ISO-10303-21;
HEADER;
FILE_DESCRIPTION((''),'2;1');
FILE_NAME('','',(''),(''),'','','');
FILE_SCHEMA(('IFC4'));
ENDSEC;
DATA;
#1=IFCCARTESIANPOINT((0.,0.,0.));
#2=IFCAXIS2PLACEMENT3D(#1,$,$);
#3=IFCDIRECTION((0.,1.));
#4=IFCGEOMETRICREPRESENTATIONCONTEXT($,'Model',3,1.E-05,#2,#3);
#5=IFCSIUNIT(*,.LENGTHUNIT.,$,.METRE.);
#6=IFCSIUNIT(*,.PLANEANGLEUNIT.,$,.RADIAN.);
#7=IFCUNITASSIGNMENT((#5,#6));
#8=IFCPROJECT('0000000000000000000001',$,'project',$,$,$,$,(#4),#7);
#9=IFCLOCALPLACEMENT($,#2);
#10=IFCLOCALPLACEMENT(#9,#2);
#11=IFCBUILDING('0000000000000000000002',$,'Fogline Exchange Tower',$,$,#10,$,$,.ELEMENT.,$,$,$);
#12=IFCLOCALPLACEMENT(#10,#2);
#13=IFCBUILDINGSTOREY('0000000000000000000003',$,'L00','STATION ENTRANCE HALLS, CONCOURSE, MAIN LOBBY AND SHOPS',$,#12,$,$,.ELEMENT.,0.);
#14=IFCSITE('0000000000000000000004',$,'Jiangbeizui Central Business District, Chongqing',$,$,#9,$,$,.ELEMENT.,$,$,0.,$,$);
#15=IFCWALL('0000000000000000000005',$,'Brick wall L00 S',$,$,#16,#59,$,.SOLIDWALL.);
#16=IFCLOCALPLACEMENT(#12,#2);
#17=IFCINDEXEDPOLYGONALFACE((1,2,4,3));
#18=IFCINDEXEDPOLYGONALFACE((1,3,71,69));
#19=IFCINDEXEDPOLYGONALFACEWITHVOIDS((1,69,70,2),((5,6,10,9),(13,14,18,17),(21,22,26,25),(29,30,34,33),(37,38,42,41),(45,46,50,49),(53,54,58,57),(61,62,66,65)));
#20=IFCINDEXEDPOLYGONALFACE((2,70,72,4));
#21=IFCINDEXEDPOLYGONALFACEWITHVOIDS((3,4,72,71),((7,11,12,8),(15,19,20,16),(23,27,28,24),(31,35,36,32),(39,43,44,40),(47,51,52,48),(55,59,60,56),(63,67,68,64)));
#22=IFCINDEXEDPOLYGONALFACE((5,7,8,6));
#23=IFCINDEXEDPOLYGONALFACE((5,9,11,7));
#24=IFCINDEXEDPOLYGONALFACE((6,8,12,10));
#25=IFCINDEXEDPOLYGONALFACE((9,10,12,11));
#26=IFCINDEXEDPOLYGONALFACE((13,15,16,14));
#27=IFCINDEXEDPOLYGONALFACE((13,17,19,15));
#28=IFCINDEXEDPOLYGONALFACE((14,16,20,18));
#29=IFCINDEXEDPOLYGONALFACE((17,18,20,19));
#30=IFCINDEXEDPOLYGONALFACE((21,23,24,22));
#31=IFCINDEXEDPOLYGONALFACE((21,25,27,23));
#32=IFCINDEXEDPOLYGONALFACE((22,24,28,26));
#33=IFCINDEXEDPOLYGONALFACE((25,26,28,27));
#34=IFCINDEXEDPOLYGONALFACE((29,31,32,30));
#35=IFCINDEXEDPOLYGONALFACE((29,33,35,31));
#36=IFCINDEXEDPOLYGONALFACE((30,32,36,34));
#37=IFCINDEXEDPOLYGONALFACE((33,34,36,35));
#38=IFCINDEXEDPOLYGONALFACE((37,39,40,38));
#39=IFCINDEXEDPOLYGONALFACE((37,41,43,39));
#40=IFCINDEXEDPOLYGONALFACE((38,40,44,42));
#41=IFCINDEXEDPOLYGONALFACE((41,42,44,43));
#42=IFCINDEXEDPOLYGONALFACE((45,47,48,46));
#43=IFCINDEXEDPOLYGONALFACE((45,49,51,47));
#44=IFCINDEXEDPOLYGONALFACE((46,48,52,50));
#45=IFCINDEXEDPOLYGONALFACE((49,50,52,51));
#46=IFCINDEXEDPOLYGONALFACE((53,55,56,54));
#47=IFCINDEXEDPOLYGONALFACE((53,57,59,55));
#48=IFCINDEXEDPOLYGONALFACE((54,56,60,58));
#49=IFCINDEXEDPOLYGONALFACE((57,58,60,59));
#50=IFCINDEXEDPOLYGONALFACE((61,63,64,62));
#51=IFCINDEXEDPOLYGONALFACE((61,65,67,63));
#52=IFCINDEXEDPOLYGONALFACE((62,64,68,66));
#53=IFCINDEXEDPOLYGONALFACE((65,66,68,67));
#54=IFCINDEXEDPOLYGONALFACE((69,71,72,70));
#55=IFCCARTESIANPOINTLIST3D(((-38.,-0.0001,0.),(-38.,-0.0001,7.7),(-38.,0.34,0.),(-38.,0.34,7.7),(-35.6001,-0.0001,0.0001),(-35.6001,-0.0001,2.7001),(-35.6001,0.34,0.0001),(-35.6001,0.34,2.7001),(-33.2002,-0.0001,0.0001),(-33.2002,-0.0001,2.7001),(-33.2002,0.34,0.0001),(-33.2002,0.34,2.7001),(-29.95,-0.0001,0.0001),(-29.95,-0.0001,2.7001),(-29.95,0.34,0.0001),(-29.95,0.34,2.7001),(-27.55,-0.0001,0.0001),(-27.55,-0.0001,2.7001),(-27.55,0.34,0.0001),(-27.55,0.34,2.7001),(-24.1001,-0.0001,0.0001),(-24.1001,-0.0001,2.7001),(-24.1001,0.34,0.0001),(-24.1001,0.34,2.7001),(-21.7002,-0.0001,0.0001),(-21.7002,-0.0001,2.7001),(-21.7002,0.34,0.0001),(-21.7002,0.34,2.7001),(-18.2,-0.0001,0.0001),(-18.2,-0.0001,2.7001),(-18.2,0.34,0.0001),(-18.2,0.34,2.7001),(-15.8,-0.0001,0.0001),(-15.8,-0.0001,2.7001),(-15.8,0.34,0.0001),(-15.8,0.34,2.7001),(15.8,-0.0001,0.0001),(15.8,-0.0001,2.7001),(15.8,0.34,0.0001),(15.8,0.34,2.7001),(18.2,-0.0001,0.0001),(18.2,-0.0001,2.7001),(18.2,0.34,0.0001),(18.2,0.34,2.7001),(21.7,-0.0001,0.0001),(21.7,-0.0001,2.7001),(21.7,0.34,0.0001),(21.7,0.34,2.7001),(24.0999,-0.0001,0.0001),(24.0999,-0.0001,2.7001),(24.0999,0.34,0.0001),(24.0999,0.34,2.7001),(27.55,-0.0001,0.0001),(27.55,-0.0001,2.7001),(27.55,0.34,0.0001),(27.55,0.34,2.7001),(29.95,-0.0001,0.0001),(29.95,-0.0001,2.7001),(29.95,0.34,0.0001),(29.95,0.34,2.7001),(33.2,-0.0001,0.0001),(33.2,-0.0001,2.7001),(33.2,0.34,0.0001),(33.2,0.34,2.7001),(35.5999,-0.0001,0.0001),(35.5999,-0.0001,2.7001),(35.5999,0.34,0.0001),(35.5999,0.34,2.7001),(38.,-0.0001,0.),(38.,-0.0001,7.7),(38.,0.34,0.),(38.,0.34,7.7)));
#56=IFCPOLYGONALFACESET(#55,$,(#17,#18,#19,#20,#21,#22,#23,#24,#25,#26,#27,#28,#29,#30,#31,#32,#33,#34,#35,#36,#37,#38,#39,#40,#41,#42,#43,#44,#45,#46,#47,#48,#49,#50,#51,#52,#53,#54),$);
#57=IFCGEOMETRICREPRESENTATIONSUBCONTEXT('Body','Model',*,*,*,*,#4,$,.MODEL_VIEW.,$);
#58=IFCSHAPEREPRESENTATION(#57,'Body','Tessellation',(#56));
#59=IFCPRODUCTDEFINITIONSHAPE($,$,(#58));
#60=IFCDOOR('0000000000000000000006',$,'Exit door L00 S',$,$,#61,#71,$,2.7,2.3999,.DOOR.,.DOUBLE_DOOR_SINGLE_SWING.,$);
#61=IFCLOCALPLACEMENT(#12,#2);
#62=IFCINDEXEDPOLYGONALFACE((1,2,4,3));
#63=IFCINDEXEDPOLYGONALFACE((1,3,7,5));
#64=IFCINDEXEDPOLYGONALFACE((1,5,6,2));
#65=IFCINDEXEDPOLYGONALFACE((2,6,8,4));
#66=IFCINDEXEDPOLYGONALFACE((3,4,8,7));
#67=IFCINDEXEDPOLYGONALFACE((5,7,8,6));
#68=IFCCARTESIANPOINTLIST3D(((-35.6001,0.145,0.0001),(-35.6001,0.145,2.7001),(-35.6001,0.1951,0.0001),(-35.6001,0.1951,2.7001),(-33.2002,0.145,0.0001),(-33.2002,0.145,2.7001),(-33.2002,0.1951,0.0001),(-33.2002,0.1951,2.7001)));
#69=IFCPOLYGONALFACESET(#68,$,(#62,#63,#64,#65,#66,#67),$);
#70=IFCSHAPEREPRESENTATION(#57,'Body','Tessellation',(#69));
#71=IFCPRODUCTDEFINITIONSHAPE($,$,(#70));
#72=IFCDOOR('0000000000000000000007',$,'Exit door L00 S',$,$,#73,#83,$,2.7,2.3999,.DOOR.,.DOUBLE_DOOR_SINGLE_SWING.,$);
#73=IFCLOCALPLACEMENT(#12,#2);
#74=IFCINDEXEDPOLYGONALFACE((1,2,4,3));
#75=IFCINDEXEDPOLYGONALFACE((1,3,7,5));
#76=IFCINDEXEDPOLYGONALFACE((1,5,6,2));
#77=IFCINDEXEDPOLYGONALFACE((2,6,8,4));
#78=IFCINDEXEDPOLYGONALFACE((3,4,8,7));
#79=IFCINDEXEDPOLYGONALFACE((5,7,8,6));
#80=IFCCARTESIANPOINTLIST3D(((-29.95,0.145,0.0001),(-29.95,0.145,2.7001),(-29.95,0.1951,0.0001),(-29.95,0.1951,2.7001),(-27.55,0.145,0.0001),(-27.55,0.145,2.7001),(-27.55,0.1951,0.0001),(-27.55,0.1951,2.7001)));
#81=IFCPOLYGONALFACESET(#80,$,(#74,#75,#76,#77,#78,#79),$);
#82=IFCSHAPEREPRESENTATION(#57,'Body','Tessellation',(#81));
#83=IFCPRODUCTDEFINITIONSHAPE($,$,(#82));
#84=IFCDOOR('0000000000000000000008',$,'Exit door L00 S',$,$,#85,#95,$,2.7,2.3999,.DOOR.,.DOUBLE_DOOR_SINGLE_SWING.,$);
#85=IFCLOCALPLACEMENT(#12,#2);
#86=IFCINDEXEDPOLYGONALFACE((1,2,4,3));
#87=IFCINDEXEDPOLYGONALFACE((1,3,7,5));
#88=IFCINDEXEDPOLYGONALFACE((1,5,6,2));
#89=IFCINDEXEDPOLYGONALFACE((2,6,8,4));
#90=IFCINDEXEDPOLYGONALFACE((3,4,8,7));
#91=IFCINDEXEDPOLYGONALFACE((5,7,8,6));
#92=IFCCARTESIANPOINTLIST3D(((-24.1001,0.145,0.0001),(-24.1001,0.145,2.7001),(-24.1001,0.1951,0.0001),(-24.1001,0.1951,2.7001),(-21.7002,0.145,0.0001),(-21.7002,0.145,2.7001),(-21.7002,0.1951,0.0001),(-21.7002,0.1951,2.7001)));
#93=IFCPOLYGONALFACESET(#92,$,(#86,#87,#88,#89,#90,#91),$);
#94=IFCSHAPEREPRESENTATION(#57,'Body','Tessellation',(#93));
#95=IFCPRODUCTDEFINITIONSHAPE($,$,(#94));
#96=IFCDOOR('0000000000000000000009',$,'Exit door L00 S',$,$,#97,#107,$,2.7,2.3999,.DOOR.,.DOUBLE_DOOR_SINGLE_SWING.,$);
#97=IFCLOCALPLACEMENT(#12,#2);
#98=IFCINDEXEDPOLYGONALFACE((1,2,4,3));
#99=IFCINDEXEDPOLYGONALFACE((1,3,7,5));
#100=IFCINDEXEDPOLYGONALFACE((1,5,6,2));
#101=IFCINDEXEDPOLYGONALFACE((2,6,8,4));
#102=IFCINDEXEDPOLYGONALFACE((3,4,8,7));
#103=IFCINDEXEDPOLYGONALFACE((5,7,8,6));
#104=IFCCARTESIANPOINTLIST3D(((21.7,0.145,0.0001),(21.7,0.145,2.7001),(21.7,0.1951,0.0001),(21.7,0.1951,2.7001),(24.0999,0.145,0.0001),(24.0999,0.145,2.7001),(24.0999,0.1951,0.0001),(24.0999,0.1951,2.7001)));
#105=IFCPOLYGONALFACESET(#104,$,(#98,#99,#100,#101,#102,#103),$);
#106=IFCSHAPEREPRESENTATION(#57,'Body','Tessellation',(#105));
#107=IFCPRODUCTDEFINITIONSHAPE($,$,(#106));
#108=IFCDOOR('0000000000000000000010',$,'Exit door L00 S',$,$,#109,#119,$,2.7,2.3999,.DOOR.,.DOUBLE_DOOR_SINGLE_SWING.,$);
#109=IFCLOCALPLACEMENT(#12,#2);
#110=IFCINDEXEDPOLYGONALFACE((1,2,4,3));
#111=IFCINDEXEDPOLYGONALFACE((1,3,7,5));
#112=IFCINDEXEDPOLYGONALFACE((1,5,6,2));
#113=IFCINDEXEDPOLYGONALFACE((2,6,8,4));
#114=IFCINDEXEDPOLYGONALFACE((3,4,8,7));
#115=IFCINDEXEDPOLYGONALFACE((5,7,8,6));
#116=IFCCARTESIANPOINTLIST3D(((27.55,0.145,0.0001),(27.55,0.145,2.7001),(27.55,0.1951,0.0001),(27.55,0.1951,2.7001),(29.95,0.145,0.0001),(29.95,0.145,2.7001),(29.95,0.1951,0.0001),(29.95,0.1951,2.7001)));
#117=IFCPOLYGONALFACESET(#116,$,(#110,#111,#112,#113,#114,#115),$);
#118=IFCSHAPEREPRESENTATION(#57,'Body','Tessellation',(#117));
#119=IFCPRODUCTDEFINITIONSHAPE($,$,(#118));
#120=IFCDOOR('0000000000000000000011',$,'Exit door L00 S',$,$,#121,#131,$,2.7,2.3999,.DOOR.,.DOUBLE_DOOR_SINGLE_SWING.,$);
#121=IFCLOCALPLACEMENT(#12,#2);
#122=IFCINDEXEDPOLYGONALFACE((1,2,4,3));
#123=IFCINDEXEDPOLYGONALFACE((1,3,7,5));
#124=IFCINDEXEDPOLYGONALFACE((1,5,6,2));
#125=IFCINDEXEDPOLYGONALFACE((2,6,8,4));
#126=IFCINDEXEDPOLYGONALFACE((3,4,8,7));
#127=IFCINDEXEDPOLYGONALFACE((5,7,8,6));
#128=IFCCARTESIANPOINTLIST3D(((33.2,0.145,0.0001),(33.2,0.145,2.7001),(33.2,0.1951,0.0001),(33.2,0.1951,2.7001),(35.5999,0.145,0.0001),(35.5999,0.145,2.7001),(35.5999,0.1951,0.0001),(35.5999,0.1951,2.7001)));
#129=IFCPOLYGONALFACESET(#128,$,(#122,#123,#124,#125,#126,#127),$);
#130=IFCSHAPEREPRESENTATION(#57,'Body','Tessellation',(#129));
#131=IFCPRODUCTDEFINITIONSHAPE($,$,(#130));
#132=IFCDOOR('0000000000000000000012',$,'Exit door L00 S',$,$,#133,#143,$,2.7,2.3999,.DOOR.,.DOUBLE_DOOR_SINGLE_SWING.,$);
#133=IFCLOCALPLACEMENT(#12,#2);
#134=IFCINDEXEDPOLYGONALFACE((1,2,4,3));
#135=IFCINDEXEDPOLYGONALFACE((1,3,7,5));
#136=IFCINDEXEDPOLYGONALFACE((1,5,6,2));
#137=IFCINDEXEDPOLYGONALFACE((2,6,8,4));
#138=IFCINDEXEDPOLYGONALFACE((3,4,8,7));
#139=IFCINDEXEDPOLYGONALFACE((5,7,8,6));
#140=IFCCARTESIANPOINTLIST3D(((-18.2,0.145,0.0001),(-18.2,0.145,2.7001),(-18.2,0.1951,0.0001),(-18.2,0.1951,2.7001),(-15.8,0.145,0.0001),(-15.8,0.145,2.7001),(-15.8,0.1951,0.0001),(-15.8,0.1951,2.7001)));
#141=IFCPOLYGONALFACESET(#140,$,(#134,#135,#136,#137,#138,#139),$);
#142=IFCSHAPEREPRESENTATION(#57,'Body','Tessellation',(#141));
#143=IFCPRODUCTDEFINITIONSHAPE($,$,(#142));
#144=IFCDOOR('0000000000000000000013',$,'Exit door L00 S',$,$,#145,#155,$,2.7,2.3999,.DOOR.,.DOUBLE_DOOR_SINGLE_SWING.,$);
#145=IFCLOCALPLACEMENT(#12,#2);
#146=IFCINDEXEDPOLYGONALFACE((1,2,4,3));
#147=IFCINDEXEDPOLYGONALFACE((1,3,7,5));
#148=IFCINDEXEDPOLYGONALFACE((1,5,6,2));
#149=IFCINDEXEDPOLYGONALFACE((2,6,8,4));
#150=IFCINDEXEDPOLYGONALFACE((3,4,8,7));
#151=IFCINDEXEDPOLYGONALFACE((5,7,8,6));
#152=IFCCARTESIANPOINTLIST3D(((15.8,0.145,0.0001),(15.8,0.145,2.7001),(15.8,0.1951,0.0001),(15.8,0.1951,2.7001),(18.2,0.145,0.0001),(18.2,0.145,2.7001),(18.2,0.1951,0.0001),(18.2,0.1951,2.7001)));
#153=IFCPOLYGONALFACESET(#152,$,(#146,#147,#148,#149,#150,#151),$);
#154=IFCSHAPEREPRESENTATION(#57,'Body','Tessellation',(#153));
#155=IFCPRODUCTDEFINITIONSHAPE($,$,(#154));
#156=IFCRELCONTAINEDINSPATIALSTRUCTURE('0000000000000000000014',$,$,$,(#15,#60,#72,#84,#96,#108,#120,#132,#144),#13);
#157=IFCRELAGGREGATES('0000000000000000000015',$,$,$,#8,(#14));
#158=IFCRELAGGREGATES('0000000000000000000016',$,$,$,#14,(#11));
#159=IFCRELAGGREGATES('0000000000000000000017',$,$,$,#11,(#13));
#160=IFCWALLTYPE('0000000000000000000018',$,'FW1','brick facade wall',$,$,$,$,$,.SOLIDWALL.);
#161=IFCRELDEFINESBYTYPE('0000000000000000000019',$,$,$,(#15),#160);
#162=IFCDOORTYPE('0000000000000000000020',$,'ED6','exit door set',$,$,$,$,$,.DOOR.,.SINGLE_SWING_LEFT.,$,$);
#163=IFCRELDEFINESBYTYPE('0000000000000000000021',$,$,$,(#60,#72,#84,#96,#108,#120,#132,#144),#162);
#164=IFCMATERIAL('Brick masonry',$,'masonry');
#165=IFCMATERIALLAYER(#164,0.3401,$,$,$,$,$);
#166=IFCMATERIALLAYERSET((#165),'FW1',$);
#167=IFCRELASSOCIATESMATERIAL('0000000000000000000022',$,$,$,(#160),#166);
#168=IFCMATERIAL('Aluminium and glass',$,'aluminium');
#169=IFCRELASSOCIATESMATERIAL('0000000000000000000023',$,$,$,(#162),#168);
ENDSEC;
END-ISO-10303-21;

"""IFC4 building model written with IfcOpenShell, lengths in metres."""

from ifc_helpers import new_model, si_unit, direction, frame, frame_2d, origin, place, context, subcontext, project, spatial, rectangle, extrude, material, layer, layer_set, type_object, element, fill, save


model = new_model("IFC4")

# Units and contexts
model_context = context("Model", 3, precision=1e-05, world=origin(), true_north=direction((0.0, 1.0)))
body_context = subcontext(model_context, "Body", "Model", "MODEL_VIEW")
ifc_project = project(units=[si_unit("LENGTHUNIT", "METRE"), si_unit("PLANEANGLEUNIT", "RADIAN")], contexts=[model_context])

# Site, building, storey
site_placement = place(None, origin())
site = spatial("IfcSite", under=ifc_project, at=site_placement, Name="Jiangbeizui Central Business District, Chongqing", CompositionType="ELEMENT", RefElevation=0.0)
building_placement = place(site_placement, origin())
building = spatial("IfcBuilding", under=site, at=building_placement, Name="Fogline Exchange Tower", CompositionType="ELEMENT")
storey_placement = place(building_placement, origin())
storey = spatial("IfcBuildingStorey", under=building, at=storey_placement, Name="L00", Description="STATION ENTRANCE HALLS, CONCOURSE, MAIN LOBBY AND SHOPS", CompositionType="ELEMENT", Elevation=0.0)

# Shared definitions
ifc_material_1 = material(Name="Aluminium and glass", Category="aluminium")

# Wall, openings, doors
ifc_material_2 = material(Name="Brick masonry", Category="masonry")
ifc_layer_1 = layer(ifc_material_2, 0.3401)
ifc_layer_set_1 = layer_set([ifc_layer_1], Name="FW1")
wall_type_1 = type_object("IfcWallType", Name="FW1", Description="brick facade wall", PredefinedType="SOLIDWALL", material=ifc_layer_set_1)
wall_1_placement = place(storey_placement, frame((-38.0, 0.1699, 0.0), z_axis=(0.0, 0.0, 1.0), x_axis=(1.0, 0.0, 0.0)))
wall_1 = element("IfcWall", 1, at=wall_1_placement, inside=storey, type_object=wall_type_1, Name="Brick wall L00 S", PredefinedType="SOLIDWALL", context=body_context, shape_type="SweptSolid", body=[
    extrude(rectangle(XDim=76.0, YDim=0.3401, at=frame_2d((38.0, 0.0))), origin(), (0.0, 0.0, 1.0), 7.7),
])
opening_1_placement = place(wall_1_placement, frame((2.3999, 0.0, 0.0)))
opening_1 = element("IfcOpeningElement", 2, at=opening_1_placement, cuts=wall_1, PredefinedType="OPENING", context=body_context, shape_type="SweptSolid", body=[
    extrude(rectangle(XDim=2.3999, YDim=2.7, at=frame_2d((1.2, 1.3501))), frame((0.0, 0.1802, 0.0), z_axis=(0.0, -1.0, 0.0), x_axis=(1.0, 0.0, 0.0)), (0.0, 0.0, 1.0), 0.3601),
])
opening_2_placement = place(wall_1_placement, frame((8.05, 0.0, 0.0)))
opening_2 = element("IfcOpeningElement", 3, at=opening_2_placement, cuts=wall_1, PredefinedType="OPENING", context=body_context, shape_type="SweptSolid", body=[
    extrude(rectangle(XDim=2.3999, YDim=2.7, at=frame_2d((1.2, 1.3501))), frame((0.0, 0.1802, 0.0), z_axis=(0.0, -1.0, 0.0), x_axis=(1.0, 0.0, 0.0)), (0.0, 0.0, 1.0), 0.3601),
])
opening_3_placement = place(wall_1_placement, frame((13.8999, 0.0, 0.0)))
opening_3 = element("IfcOpeningElement", 4, at=opening_3_placement, cuts=wall_1, PredefinedType="OPENING", context=body_context, shape_type="SweptSolid", body=[
    extrude(rectangle(XDim=2.3999, YDim=2.7, at=frame_2d((1.2, 1.3501))), frame((0.0, 0.1802, 0.0), z_axis=(0.0, -1.0, 0.0), x_axis=(1.0, 0.0, 0.0)), (0.0, 0.0, 1.0), 0.3601),
])
opening_4_placement = place(wall_1_placement, frame((59.7, 0.0, 0.0)))
opening_4 = element("IfcOpeningElement", 5, at=opening_4_placement, cuts=wall_1, PredefinedType="OPENING", context=body_context, shape_type="SweptSolid", body=[
    extrude(rectangle(XDim=2.3999, YDim=2.7, at=frame_2d((1.2, 1.3501))), frame((0.0, 0.1802, 0.0), z_axis=(0.0, -1.0, 0.0), x_axis=(1.0, 0.0, 0.0)), (0.0, 0.0, 1.0), 0.3601),
])
opening_5_placement = place(wall_1_placement, frame((65.55, 0.0, 0.0)))
opening_5 = element("IfcOpeningElement", 6, at=opening_5_placement, cuts=wall_1, PredefinedType="OPENING", context=body_context, shape_type="SweptSolid", body=[
    extrude(rectangle(XDim=2.3999, YDim=2.7, at=frame_2d((1.2, 1.3501))), frame((0.0, 0.1802, 0.0), z_axis=(0.0, -1.0, 0.0), x_axis=(1.0, 0.0, 0.0)), (0.0, 0.0, 1.0), 0.3601),
])
opening_6_placement = place(wall_1_placement, frame((71.2, 0.0, 0.0)))
opening_6 = element("IfcOpeningElement", 7, at=opening_6_placement, cuts=wall_1, PredefinedType="OPENING", context=body_context, shape_type="SweptSolid", body=[
    extrude(rectangle(XDim=2.3999, YDim=2.7, at=frame_2d((1.2, 1.3501))), frame((0.0, 0.1802, 0.0), z_axis=(0.0, -1.0, 0.0), x_axis=(1.0, 0.0, 0.0)), (0.0, 0.0, 1.0), 0.3601),
])
opening_7_placement = place(wall_1_placement, frame((19.8, 0.0, 0.0)))
opening_7 = element("IfcOpeningElement", 8, at=opening_7_placement, cuts=wall_1, PredefinedType="OPENING", context=body_context, shape_type="SweptSolid", body=[
    extrude(rectangle(XDim=2.3999, YDim=2.7, at=frame_2d((1.2, 1.3501))), frame((0.0, 0.1802, 0.0), z_axis=(0.0, -1.0, 0.0), x_axis=(1.0, 0.0, 0.0)), (0.0, 0.0, 1.0), 0.3601),
])
opening_8_placement = place(wall_1_placement, frame((53.8, 0.0, 0.0)))
opening_8 = element("IfcOpeningElement", 9, at=opening_8_placement, cuts=wall_1, PredefinedType="OPENING", context=body_context, shape_type="SweptSolid", body=[
    extrude(rectangle(XDim=2.3999, YDim=2.7, at=frame_2d((1.2, 1.3501))), frame((0.0, 0.1802, 0.0), z_axis=(0.0, -1.0, 0.0), x_axis=(1.0, 0.0, 0.0)), (0.0, 0.0, 1.0), 0.3601),
])
door_type_1 = type_object("IfcDoorType", Name="ED6", Description="exit door set", OperationType="SINGLE_SWING_LEFT", PredefinedType="DOOR", material=ifc_material_1)
door_1_placement = place(opening_1_placement, frame((2.3999, 0.0, 0.0), z_axis=(0.0, 0.0, 1.0), x_axis=(-1.0, 0.0, 0.0)))
door_1 = element("IfcDoor", 10, at=door_1_placement, inside=storey, type_object=door_type_1, Name="Exit door L00 S", OperationType="DOUBLE_DOOR_SINGLE_SWING", OverallHeight=2.7, OverallWidth=2.3999, PredefinedType="DOOR", context=body_context, shape_type="SweptSolid", body=[
    extrude(rectangle(XDim=2.3999, YDim=2.7, at=frame_2d((1.2, 1.3501))), frame((0.0, 0.0249, 0.0), z_axis=(0.0, -1.0, 0.0), x_axis=(1.0, 0.0, 0.0)), (0.0, 0.0, 1.0), 0.05),
])
fill(opening_1, door_1)
door_2_placement = place(opening_2_placement, frame((2.3999, 0.0, 0.0), z_axis=(0.0, 0.0, 1.0), x_axis=(-1.0, 0.0, 0.0)))
door_2 = element("IfcDoor", 11, at=door_2_placement, inside=storey, type_object=door_type_1, Name="Exit door L00 S", OperationType="DOUBLE_DOOR_SINGLE_SWING", OverallHeight=2.7, OverallWidth=2.3999, PredefinedType="DOOR", context=body_context, shape_type="SweptSolid", body=[
    extrude(rectangle(XDim=2.3999, YDim=2.7, at=frame_2d((1.2, 1.3501))), frame((0.0, 0.0249, 0.0), z_axis=(0.0, -1.0, 0.0), x_axis=(1.0, 0.0, 0.0)), (0.0, 0.0, 1.0), 0.05),
])
fill(opening_2, door_2)
door_3_placement = place(opening_3_placement, frame((2.3999, 0.0, 0.0), z_axis=(0.0, 0.0, 1.0), x_axis=(-1.0, 0.0, 0.0)))
door_3 = element("IfcDoor", 12, at=door_3_placement, inside=storey, type_object=door_type_1, Name="Exit door L00 S", OperationType="DOUBLE_DOOR_SINGLE_SWING", OverallHeight=2.7, OverallWidth=2.3999, PredefinedType="DOOR", context=body_context, shape_type="SweptSolid", body=[
    extrude(rectangle(XDim=2.3999, YDim=2.7, at=frame_2d((1.2, 1.3501))), frame((0.0, 0.0249, 0.0), z_axis=(0.0, -1.0, 0.0), x_axis=(1.0, 0.0, 0.0)), (0.0, 0.0, 1.0), 0.05),
])
fill(opening_3, door_3)
door_4_placement = place(opening_4_placement, frame((2.3999, 0.0, 0.0), z_axis=(0.0, 0.0, 1.0), x_axis=(-1.0, 0.0, 0.0)))
door_4 = element("IfcDoor", 13, at=door_4_placement, inside=storey, type_object=door_type_1, Name="Exit door L00 S", OperationType="DOUBLE_DOOR_SINGLE_SWING", OverallHeight=2.7, OverallWidth=2.3999, PredefinedType="DOOR", context=body_context, shape_type="SweptSolid", body=[
    extrude(rectangle(XDim=2.3999, YDim=2.7, at=frame_2d((1.2, 1.3501))), frame((0.0, 0.0249, 0.0), z_axis=(0.0, -1.0, 0.0), x_axis=(1.0, 0.0, 0.0)), (0.0, 0.0, 1.0), 0.05),
])
fill(opening_4, door_4)
door_5_placement = place(opening_5_placement, frame((2.3999, 0.0, 0.0), z_axis=(0.0, 0.0, 1.0), x_axis=(-1.0, 0.0, 0.0)))
door_5 = element("IfcDoor", 14, at=door_5_placement, inside=storey, type_object=door_type_1, Name="Exit door L00 S", OperationType="DOUBLE_DOOR_SINGLE_SWING", OverallHeight=2.7, OverallWidth=2.3999, PredefinedType="DOOR", context=body_context, shape_type="SweptSolid", body=[
    extrude(rectangle(XDim=2.3999, YDim=2.7, at=frame_2d((1.2, 1.3501))), frame((0.0, 0.0249, 0.0), z_axis=(0.0, -1.0, 0.0), x_axis=(1.0, 0.0, 0.0)), (0.0, 0.0, 1.0), 0.05),
])
fill(opening_5, door_5)
door_6_placement = place(opening_6_placement, frame((2.3999, 0.0, 0.0), z_axis=(0.0, 0.0, 1.0), x_axis=(-1.0, 0.0, 0.0)))
door_6 = element("IfcDoor", 15, at=door_6_placement, inside=storey, type_object=door_type_1, Name="Exit door L00 S", OperationType="DOUBLE_DOOR_SINGLE_SWING", OverallHeight=2.7, OverallWidth=2.3999, PredefinedType="DOOR", context=body_context, shape_type="SweptSolid", body=[
    extrude(rectangle(XDim=2.3999, YDim=2.7, at=frame_2d((1.2, 1.3501))), frame((0.0, 0.0249, 0.0), z_axis=(0.0, -1.0, 0.0), x_axis=(1.0, 0.0, 0.0)), (0.0, 0.0, 1.0), 0.05),
])
fill(opening_6, door_6)
door_7_placement = place(opening_7_placement, frame((2.3999, 0.0, 0.0), z_axis=(0.0, 0.0, 1.0), x_axis=(-1.0, 0.0, 0.0)))
door_7 = element("IfcDoor", 16, at=door_7_placement, inside=storey, type_object=door_type_1, Name="Exit door L00 S", OperationType="DOUBLE_DOOR_SINGLE_SWING", OverallHeight=2.7, OverallWidth=2.3999, PredefinedType="DOOR", context=body_context, shape_type="SweptSolid", body=[
    extrude(rectangle(XDim=2.3999, YDim=2.7, at=frame_2d((1.2, 1.3501))), frame((0.0, 0.0249, 0.0), z_axis=(0.0, -1.0, 0.0), x_axis=(1.0, 0.0, 0.0)), (0.0, 0.0, 1.0), 0.05),
])
fill(opening_7, door_7)
door_8_placement = place(opening_8_placement, frame((2.3999, 0.0, 0.0), z_axis=(0.0, 0.0, 1.0), x_axis=(-1.0, 0.0, 0.0)))
door_8 = element("IfcDoor", 17, at=door_8_placement, inside=storey, type_object=door_type_1, Name="Exit door L00 S", OperationType="DOUBLE_DOOR_SINGLE_SWING", OverallHeight=2.7, OverallWidth=2.3999, PredefinedType="DOOR", context=body_context, shape_type="SweptSolid", body=[
    extrude(rectangle(XDim=2.3999, YDim=2.7, at=frame_2d((1.2, 1.3501))), frame((0.0, 0.0249, 0.0), z_axis=(0.0, -1.0, 0.0), x_axis=(1.0, 0.0, 0.0)), (0.0, 0.0, 1.0), 0.05),
])
fill(opening_8, door_8)

save(model, "model.ifc")
